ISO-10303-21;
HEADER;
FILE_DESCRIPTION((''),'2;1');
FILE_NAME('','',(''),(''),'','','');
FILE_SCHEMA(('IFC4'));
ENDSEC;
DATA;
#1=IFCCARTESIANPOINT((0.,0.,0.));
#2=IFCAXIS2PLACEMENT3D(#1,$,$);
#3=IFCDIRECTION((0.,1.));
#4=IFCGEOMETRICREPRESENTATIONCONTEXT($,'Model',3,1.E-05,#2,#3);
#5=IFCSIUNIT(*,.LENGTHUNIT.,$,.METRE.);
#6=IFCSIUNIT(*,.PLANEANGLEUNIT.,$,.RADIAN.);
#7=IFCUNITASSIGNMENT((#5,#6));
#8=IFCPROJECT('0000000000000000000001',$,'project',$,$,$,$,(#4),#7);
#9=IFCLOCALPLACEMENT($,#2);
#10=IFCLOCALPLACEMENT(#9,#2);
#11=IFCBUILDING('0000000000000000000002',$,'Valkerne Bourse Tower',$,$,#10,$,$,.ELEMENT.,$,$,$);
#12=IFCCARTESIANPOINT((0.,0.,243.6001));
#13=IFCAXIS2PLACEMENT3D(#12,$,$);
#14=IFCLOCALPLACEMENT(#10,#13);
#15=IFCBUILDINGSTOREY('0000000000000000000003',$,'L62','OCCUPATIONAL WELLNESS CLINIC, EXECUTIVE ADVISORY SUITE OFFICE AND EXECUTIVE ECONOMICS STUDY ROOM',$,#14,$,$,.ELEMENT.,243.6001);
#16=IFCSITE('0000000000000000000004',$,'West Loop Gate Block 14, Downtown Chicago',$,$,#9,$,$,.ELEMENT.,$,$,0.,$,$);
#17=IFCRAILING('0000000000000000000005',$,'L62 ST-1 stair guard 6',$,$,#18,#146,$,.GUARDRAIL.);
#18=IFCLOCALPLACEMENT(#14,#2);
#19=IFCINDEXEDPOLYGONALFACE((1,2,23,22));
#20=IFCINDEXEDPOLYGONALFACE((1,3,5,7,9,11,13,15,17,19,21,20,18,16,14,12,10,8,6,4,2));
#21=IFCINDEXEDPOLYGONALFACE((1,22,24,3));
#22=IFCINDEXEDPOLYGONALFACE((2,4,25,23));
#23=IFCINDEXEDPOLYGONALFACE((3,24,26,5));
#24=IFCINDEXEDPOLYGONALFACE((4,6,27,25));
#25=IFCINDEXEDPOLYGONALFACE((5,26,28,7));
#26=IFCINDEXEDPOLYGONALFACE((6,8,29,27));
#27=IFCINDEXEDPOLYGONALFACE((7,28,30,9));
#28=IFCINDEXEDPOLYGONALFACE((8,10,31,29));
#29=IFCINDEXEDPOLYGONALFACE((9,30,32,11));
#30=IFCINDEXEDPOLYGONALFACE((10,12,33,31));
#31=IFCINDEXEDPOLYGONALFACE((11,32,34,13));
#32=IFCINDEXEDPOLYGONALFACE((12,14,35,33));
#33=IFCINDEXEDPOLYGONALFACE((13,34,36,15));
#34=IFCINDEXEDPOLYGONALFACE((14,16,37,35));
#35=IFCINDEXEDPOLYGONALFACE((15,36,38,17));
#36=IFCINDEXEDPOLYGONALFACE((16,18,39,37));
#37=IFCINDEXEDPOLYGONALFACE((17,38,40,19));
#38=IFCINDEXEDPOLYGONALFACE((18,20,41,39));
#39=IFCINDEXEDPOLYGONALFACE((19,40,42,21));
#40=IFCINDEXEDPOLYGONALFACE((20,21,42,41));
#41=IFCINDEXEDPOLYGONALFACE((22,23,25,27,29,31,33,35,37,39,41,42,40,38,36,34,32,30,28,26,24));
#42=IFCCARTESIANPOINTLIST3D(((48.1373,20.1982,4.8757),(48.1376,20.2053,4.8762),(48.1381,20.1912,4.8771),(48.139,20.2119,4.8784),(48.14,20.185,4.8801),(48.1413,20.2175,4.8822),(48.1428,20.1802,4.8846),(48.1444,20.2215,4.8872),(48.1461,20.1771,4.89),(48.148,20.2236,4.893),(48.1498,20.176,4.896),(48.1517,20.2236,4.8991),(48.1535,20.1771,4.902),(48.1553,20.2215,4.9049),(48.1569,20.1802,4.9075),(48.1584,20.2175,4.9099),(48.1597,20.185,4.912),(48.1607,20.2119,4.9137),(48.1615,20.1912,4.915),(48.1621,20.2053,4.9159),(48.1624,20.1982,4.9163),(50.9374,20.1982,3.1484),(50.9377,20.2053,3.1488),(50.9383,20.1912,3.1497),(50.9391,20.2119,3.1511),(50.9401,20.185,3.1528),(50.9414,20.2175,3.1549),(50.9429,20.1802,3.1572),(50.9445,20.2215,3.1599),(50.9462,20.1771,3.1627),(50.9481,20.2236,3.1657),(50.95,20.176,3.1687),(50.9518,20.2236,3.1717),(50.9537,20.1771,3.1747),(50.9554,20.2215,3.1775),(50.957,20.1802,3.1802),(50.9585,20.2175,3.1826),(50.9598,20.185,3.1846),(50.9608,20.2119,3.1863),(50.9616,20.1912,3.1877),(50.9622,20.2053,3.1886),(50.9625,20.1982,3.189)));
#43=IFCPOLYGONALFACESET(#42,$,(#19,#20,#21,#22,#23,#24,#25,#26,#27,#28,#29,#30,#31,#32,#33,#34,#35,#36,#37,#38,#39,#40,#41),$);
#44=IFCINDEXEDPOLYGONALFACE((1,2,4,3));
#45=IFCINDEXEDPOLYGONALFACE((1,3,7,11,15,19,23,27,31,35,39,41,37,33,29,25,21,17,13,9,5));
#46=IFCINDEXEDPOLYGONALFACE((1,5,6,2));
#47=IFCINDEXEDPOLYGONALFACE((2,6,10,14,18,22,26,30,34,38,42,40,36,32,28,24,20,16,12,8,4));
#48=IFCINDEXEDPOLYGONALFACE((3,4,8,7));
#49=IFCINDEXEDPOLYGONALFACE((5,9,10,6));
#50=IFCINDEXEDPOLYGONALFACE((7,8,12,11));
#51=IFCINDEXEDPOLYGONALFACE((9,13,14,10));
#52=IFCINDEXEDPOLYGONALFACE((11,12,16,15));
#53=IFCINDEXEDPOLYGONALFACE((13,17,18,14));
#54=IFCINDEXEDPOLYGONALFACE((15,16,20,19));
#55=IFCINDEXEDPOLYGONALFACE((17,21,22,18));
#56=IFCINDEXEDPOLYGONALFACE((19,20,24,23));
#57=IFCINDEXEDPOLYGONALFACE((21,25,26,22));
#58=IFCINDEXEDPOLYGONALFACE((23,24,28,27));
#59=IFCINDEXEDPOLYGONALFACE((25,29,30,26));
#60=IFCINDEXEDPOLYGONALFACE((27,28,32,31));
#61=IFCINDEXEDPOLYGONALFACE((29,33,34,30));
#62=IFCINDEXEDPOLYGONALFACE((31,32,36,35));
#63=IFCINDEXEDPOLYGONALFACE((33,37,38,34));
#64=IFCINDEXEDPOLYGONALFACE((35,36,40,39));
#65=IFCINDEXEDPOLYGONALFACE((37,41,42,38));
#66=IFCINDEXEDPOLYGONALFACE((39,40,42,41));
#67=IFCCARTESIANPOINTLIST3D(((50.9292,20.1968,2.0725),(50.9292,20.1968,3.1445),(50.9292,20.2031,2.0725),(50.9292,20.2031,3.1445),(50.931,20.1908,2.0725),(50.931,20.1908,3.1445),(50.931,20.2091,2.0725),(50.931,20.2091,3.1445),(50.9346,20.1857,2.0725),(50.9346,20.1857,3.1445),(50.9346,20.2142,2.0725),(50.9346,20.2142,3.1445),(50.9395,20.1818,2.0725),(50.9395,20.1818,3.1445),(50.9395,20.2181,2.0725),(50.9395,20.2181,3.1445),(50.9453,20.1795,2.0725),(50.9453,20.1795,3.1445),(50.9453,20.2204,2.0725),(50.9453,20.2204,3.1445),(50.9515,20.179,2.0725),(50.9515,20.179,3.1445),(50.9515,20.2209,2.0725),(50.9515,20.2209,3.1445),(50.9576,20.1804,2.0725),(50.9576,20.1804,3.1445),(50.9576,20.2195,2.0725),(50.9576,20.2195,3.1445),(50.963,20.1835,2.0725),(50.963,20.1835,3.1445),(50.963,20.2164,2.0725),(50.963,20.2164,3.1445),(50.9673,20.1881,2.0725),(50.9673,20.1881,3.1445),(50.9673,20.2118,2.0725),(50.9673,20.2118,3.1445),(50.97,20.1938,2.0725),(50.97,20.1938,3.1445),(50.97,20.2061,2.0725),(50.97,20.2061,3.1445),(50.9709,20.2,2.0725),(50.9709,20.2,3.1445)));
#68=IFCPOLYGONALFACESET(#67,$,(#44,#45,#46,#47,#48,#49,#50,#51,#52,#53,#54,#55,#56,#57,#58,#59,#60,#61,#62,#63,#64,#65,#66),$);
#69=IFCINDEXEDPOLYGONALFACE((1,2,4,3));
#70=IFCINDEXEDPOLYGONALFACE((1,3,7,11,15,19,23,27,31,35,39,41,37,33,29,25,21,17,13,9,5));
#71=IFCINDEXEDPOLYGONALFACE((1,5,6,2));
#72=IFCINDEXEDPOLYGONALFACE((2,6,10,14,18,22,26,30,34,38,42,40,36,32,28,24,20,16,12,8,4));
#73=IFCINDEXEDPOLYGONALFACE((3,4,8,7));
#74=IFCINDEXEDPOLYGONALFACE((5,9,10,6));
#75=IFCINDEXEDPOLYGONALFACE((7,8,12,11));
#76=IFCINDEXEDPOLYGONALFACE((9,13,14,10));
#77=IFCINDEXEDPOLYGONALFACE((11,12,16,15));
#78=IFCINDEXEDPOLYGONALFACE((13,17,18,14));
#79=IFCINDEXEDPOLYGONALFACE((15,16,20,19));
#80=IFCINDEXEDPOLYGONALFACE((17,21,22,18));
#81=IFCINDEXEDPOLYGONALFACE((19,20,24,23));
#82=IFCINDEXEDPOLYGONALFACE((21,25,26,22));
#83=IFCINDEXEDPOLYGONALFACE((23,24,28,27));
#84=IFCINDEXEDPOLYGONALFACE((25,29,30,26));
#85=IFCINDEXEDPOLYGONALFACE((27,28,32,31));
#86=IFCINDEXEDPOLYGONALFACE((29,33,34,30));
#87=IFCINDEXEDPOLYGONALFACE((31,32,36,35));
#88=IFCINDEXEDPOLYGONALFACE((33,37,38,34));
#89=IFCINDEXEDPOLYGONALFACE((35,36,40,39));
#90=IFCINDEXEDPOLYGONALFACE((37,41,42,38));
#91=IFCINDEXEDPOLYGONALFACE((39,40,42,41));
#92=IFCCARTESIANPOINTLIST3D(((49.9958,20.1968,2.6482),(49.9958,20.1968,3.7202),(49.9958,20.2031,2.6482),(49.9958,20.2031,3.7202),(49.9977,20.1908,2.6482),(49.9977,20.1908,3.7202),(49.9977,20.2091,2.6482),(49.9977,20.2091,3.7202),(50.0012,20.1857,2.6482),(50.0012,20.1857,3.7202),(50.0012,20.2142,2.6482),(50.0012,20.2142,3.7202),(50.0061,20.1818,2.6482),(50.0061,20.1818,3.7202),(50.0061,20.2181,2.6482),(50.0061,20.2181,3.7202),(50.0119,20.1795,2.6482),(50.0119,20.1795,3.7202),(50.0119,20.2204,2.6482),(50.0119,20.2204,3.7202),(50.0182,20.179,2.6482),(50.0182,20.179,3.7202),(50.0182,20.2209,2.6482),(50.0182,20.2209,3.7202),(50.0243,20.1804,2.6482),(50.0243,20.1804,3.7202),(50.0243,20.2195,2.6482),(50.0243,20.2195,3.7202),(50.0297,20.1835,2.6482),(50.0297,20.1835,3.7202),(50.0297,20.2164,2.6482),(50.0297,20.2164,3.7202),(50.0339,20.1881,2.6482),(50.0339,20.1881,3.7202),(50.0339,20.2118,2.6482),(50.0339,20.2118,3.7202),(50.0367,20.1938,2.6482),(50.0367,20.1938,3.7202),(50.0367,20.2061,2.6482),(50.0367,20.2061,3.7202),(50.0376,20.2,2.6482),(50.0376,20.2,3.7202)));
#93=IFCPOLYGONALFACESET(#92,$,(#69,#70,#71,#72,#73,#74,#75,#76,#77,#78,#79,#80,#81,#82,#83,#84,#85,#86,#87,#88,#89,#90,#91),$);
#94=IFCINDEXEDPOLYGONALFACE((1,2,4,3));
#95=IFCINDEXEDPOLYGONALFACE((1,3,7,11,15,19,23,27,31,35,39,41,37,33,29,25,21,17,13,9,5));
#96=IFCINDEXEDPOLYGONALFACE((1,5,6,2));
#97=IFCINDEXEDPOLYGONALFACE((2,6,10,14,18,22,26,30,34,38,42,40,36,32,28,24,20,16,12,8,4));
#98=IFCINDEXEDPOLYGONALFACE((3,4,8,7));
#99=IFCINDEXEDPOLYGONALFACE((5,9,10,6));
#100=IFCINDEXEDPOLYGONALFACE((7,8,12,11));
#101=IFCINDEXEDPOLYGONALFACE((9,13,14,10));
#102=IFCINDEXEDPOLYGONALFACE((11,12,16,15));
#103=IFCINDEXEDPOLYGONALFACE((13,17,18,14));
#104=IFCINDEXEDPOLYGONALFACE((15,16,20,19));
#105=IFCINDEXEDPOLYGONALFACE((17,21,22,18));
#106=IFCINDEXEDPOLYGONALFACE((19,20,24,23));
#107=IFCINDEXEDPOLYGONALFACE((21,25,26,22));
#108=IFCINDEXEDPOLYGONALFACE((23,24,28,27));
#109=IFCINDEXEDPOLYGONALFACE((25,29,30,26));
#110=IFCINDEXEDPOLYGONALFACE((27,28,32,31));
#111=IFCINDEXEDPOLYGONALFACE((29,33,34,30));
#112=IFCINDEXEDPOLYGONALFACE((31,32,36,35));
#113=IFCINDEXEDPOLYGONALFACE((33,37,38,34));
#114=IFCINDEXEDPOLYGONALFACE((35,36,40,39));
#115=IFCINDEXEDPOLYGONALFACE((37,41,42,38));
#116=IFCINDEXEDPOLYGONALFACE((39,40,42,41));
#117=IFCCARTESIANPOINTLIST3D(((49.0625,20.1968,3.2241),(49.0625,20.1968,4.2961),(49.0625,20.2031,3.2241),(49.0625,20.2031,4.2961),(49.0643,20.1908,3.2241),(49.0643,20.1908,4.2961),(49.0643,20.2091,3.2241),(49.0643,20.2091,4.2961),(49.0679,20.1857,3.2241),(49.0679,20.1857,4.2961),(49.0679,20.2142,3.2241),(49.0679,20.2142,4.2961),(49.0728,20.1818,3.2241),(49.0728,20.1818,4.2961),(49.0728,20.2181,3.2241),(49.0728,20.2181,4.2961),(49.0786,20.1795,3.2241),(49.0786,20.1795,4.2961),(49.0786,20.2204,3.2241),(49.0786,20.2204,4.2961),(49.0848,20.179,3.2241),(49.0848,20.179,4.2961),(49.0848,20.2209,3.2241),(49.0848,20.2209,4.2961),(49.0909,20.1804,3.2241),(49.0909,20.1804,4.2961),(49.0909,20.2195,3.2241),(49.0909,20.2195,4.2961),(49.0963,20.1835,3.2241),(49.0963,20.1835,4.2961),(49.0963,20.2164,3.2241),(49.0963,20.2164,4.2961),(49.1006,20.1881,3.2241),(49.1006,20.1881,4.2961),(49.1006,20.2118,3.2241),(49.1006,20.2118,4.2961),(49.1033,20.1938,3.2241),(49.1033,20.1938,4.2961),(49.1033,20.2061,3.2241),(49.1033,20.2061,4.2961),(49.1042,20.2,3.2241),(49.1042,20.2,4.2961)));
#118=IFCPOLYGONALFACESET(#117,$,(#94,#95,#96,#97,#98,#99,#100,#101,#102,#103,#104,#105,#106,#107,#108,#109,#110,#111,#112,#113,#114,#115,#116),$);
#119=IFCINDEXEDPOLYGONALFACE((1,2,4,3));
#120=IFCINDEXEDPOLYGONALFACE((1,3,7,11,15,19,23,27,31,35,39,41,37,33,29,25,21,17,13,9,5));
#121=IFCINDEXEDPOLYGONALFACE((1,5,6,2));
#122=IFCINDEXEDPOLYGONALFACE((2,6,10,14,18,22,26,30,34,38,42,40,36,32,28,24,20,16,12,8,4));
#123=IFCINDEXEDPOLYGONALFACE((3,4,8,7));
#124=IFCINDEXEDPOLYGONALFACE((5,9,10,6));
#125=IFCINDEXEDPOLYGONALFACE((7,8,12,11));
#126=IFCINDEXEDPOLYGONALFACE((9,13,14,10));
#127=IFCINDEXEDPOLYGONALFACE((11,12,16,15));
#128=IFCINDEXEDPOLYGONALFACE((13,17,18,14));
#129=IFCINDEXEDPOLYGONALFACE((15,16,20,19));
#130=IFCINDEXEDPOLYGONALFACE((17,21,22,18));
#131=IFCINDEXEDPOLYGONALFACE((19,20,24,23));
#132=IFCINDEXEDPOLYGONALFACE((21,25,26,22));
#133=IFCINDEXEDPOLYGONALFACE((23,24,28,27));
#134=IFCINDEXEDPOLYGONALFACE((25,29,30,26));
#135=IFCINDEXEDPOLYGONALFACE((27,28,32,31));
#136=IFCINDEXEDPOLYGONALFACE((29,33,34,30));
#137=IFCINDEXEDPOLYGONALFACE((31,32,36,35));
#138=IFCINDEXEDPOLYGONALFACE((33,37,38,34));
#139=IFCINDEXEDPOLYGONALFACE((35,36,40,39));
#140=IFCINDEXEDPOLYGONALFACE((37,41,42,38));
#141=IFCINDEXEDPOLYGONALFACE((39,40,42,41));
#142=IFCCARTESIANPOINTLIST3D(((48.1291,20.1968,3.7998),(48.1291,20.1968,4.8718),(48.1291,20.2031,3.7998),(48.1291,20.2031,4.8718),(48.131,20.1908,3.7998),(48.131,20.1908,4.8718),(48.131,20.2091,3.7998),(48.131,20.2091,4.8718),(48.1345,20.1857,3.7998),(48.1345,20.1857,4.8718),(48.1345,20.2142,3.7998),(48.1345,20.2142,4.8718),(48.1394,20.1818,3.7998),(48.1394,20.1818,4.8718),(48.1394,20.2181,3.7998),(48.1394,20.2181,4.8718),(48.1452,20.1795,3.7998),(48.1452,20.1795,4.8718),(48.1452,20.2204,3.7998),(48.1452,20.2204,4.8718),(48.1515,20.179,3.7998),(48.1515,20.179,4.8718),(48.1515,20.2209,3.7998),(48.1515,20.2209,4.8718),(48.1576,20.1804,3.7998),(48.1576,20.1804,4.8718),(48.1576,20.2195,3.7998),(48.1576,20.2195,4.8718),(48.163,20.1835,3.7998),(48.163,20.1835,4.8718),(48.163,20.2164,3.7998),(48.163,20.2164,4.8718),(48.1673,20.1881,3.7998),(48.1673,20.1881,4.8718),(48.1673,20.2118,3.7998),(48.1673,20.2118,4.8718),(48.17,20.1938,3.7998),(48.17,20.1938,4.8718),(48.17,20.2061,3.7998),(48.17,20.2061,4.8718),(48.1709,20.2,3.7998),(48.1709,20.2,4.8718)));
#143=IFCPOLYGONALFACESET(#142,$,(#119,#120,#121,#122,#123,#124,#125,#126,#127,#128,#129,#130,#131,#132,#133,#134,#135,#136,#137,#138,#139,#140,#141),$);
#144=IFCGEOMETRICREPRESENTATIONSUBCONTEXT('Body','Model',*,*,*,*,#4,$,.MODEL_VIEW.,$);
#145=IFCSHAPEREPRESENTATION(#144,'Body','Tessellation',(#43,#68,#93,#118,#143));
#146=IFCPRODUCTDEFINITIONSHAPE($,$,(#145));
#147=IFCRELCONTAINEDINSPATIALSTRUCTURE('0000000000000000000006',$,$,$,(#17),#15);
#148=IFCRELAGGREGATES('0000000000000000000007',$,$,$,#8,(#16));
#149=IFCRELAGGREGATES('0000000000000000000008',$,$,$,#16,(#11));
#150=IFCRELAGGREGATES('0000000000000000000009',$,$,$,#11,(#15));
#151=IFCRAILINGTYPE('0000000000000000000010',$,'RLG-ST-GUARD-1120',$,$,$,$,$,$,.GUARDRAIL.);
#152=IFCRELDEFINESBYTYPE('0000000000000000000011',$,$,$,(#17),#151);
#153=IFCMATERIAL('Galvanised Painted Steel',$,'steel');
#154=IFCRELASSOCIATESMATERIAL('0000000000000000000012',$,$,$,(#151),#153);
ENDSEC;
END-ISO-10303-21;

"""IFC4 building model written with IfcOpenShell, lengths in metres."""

from ifc_helpers import new_model, si_unit, direction, frame, origin, origin_2d, place, context, subcontext, project, spatial, circle, extrude, material, type_object, element, save


model = new_model("IFC4")

# Units and contexts
model_context = context("Model", 3, precision=1e-05, world=origin(), true_north=direction((0.0, 1.0)))
body_context = subcontext(model_context, "Body", "Model", "MODEL_VIEW")
ifc_project = project(units=[si_unit("LENGTHUNIT", "METRE"), si_unit("PLANEANGLEUNIT", "RADIAN")], contexts=[model_context])

# Site, building, storey
site_placement = place(None, origin())
site = spatial("IfcSite", under=ifc_project, at=site_placement, Name="West Loop Gate Block 14, Downtown Chicago", CompositionType="ELEMENT", RefElevation=0.0)
building_placement = place(site_placement, origin())
building = spatial("IfcBuilding", under=site, at=building_placement, Name="Valkerne Bourse Tower", CompositionType="ELEMENT")
storey_placement = place(building_placement, frame((0.0, 0.0, 243.6001)))
storey = spatial("IfcBuildingStorey", under=building, at=storey_placement, Name="L62", Description="OCCUPATIONAL WELLNESS CLINIC, EXECUTIVE ADVISORY SUITE OFFICE AND EXECUTIVE ECONOMICS STUDY ROOM", CompositionType="ELEMENT", Elevation=243.6001)

# Shared definitions
ifc_material_1 = material(Name="Galvanised Painted Steel", Category="steel")

# Railing
railing_type_1 = type_object("IfcRailingType", Name="RLG-ST-GUARD-1120", PredefinedType="GUARDRAIL", material=ifc_material_1)
railing_1_placement = place(storey_placement, frame((50.95, 20.2, 2.0725)))
element("IfcRailing", 1, at=railing_1_placement, inside=storey, type_object=railing_type_1, Name="L62 ST-1 stair guard 6", PredefinedType="GUARDRAIL", context=body_context, shape_type="SweptSolid", body=[
    extrude(circle(Radius=0.0239, at=origin_2d()), frame((0.0, 0.0, 1.0962), z_axis=(-0.85109, 0.0, 0.52502), x_axis=(0.0, -1.0, 0.0)), (0.0, 0.0, 1.0), 3.29),
    extrude(circle(Radius=0.021, at=origin_2d()), origin(), (0.0, 0.0, 1.0), 1.072),
    extrude(circle(Radius=0.021, at=origin_2d()), frame((-0.9333, 0.0, 0.5757)), (0.0, 0.0, 1.0), 1.072),
    extrude(circle(Radius=0.021, at=origin_2d()), frame((-1.8667, 0.0, 1.1516)), (0.0, 0.0, 1.0), 1.072),
    extrude(circle(Radius=0.021, at=origin_2d()), frame((-2.8, 0.0, 1.7273)), (0.0, 0.0, 1.0), 1.072),
])

save(model, "model.ifc")
